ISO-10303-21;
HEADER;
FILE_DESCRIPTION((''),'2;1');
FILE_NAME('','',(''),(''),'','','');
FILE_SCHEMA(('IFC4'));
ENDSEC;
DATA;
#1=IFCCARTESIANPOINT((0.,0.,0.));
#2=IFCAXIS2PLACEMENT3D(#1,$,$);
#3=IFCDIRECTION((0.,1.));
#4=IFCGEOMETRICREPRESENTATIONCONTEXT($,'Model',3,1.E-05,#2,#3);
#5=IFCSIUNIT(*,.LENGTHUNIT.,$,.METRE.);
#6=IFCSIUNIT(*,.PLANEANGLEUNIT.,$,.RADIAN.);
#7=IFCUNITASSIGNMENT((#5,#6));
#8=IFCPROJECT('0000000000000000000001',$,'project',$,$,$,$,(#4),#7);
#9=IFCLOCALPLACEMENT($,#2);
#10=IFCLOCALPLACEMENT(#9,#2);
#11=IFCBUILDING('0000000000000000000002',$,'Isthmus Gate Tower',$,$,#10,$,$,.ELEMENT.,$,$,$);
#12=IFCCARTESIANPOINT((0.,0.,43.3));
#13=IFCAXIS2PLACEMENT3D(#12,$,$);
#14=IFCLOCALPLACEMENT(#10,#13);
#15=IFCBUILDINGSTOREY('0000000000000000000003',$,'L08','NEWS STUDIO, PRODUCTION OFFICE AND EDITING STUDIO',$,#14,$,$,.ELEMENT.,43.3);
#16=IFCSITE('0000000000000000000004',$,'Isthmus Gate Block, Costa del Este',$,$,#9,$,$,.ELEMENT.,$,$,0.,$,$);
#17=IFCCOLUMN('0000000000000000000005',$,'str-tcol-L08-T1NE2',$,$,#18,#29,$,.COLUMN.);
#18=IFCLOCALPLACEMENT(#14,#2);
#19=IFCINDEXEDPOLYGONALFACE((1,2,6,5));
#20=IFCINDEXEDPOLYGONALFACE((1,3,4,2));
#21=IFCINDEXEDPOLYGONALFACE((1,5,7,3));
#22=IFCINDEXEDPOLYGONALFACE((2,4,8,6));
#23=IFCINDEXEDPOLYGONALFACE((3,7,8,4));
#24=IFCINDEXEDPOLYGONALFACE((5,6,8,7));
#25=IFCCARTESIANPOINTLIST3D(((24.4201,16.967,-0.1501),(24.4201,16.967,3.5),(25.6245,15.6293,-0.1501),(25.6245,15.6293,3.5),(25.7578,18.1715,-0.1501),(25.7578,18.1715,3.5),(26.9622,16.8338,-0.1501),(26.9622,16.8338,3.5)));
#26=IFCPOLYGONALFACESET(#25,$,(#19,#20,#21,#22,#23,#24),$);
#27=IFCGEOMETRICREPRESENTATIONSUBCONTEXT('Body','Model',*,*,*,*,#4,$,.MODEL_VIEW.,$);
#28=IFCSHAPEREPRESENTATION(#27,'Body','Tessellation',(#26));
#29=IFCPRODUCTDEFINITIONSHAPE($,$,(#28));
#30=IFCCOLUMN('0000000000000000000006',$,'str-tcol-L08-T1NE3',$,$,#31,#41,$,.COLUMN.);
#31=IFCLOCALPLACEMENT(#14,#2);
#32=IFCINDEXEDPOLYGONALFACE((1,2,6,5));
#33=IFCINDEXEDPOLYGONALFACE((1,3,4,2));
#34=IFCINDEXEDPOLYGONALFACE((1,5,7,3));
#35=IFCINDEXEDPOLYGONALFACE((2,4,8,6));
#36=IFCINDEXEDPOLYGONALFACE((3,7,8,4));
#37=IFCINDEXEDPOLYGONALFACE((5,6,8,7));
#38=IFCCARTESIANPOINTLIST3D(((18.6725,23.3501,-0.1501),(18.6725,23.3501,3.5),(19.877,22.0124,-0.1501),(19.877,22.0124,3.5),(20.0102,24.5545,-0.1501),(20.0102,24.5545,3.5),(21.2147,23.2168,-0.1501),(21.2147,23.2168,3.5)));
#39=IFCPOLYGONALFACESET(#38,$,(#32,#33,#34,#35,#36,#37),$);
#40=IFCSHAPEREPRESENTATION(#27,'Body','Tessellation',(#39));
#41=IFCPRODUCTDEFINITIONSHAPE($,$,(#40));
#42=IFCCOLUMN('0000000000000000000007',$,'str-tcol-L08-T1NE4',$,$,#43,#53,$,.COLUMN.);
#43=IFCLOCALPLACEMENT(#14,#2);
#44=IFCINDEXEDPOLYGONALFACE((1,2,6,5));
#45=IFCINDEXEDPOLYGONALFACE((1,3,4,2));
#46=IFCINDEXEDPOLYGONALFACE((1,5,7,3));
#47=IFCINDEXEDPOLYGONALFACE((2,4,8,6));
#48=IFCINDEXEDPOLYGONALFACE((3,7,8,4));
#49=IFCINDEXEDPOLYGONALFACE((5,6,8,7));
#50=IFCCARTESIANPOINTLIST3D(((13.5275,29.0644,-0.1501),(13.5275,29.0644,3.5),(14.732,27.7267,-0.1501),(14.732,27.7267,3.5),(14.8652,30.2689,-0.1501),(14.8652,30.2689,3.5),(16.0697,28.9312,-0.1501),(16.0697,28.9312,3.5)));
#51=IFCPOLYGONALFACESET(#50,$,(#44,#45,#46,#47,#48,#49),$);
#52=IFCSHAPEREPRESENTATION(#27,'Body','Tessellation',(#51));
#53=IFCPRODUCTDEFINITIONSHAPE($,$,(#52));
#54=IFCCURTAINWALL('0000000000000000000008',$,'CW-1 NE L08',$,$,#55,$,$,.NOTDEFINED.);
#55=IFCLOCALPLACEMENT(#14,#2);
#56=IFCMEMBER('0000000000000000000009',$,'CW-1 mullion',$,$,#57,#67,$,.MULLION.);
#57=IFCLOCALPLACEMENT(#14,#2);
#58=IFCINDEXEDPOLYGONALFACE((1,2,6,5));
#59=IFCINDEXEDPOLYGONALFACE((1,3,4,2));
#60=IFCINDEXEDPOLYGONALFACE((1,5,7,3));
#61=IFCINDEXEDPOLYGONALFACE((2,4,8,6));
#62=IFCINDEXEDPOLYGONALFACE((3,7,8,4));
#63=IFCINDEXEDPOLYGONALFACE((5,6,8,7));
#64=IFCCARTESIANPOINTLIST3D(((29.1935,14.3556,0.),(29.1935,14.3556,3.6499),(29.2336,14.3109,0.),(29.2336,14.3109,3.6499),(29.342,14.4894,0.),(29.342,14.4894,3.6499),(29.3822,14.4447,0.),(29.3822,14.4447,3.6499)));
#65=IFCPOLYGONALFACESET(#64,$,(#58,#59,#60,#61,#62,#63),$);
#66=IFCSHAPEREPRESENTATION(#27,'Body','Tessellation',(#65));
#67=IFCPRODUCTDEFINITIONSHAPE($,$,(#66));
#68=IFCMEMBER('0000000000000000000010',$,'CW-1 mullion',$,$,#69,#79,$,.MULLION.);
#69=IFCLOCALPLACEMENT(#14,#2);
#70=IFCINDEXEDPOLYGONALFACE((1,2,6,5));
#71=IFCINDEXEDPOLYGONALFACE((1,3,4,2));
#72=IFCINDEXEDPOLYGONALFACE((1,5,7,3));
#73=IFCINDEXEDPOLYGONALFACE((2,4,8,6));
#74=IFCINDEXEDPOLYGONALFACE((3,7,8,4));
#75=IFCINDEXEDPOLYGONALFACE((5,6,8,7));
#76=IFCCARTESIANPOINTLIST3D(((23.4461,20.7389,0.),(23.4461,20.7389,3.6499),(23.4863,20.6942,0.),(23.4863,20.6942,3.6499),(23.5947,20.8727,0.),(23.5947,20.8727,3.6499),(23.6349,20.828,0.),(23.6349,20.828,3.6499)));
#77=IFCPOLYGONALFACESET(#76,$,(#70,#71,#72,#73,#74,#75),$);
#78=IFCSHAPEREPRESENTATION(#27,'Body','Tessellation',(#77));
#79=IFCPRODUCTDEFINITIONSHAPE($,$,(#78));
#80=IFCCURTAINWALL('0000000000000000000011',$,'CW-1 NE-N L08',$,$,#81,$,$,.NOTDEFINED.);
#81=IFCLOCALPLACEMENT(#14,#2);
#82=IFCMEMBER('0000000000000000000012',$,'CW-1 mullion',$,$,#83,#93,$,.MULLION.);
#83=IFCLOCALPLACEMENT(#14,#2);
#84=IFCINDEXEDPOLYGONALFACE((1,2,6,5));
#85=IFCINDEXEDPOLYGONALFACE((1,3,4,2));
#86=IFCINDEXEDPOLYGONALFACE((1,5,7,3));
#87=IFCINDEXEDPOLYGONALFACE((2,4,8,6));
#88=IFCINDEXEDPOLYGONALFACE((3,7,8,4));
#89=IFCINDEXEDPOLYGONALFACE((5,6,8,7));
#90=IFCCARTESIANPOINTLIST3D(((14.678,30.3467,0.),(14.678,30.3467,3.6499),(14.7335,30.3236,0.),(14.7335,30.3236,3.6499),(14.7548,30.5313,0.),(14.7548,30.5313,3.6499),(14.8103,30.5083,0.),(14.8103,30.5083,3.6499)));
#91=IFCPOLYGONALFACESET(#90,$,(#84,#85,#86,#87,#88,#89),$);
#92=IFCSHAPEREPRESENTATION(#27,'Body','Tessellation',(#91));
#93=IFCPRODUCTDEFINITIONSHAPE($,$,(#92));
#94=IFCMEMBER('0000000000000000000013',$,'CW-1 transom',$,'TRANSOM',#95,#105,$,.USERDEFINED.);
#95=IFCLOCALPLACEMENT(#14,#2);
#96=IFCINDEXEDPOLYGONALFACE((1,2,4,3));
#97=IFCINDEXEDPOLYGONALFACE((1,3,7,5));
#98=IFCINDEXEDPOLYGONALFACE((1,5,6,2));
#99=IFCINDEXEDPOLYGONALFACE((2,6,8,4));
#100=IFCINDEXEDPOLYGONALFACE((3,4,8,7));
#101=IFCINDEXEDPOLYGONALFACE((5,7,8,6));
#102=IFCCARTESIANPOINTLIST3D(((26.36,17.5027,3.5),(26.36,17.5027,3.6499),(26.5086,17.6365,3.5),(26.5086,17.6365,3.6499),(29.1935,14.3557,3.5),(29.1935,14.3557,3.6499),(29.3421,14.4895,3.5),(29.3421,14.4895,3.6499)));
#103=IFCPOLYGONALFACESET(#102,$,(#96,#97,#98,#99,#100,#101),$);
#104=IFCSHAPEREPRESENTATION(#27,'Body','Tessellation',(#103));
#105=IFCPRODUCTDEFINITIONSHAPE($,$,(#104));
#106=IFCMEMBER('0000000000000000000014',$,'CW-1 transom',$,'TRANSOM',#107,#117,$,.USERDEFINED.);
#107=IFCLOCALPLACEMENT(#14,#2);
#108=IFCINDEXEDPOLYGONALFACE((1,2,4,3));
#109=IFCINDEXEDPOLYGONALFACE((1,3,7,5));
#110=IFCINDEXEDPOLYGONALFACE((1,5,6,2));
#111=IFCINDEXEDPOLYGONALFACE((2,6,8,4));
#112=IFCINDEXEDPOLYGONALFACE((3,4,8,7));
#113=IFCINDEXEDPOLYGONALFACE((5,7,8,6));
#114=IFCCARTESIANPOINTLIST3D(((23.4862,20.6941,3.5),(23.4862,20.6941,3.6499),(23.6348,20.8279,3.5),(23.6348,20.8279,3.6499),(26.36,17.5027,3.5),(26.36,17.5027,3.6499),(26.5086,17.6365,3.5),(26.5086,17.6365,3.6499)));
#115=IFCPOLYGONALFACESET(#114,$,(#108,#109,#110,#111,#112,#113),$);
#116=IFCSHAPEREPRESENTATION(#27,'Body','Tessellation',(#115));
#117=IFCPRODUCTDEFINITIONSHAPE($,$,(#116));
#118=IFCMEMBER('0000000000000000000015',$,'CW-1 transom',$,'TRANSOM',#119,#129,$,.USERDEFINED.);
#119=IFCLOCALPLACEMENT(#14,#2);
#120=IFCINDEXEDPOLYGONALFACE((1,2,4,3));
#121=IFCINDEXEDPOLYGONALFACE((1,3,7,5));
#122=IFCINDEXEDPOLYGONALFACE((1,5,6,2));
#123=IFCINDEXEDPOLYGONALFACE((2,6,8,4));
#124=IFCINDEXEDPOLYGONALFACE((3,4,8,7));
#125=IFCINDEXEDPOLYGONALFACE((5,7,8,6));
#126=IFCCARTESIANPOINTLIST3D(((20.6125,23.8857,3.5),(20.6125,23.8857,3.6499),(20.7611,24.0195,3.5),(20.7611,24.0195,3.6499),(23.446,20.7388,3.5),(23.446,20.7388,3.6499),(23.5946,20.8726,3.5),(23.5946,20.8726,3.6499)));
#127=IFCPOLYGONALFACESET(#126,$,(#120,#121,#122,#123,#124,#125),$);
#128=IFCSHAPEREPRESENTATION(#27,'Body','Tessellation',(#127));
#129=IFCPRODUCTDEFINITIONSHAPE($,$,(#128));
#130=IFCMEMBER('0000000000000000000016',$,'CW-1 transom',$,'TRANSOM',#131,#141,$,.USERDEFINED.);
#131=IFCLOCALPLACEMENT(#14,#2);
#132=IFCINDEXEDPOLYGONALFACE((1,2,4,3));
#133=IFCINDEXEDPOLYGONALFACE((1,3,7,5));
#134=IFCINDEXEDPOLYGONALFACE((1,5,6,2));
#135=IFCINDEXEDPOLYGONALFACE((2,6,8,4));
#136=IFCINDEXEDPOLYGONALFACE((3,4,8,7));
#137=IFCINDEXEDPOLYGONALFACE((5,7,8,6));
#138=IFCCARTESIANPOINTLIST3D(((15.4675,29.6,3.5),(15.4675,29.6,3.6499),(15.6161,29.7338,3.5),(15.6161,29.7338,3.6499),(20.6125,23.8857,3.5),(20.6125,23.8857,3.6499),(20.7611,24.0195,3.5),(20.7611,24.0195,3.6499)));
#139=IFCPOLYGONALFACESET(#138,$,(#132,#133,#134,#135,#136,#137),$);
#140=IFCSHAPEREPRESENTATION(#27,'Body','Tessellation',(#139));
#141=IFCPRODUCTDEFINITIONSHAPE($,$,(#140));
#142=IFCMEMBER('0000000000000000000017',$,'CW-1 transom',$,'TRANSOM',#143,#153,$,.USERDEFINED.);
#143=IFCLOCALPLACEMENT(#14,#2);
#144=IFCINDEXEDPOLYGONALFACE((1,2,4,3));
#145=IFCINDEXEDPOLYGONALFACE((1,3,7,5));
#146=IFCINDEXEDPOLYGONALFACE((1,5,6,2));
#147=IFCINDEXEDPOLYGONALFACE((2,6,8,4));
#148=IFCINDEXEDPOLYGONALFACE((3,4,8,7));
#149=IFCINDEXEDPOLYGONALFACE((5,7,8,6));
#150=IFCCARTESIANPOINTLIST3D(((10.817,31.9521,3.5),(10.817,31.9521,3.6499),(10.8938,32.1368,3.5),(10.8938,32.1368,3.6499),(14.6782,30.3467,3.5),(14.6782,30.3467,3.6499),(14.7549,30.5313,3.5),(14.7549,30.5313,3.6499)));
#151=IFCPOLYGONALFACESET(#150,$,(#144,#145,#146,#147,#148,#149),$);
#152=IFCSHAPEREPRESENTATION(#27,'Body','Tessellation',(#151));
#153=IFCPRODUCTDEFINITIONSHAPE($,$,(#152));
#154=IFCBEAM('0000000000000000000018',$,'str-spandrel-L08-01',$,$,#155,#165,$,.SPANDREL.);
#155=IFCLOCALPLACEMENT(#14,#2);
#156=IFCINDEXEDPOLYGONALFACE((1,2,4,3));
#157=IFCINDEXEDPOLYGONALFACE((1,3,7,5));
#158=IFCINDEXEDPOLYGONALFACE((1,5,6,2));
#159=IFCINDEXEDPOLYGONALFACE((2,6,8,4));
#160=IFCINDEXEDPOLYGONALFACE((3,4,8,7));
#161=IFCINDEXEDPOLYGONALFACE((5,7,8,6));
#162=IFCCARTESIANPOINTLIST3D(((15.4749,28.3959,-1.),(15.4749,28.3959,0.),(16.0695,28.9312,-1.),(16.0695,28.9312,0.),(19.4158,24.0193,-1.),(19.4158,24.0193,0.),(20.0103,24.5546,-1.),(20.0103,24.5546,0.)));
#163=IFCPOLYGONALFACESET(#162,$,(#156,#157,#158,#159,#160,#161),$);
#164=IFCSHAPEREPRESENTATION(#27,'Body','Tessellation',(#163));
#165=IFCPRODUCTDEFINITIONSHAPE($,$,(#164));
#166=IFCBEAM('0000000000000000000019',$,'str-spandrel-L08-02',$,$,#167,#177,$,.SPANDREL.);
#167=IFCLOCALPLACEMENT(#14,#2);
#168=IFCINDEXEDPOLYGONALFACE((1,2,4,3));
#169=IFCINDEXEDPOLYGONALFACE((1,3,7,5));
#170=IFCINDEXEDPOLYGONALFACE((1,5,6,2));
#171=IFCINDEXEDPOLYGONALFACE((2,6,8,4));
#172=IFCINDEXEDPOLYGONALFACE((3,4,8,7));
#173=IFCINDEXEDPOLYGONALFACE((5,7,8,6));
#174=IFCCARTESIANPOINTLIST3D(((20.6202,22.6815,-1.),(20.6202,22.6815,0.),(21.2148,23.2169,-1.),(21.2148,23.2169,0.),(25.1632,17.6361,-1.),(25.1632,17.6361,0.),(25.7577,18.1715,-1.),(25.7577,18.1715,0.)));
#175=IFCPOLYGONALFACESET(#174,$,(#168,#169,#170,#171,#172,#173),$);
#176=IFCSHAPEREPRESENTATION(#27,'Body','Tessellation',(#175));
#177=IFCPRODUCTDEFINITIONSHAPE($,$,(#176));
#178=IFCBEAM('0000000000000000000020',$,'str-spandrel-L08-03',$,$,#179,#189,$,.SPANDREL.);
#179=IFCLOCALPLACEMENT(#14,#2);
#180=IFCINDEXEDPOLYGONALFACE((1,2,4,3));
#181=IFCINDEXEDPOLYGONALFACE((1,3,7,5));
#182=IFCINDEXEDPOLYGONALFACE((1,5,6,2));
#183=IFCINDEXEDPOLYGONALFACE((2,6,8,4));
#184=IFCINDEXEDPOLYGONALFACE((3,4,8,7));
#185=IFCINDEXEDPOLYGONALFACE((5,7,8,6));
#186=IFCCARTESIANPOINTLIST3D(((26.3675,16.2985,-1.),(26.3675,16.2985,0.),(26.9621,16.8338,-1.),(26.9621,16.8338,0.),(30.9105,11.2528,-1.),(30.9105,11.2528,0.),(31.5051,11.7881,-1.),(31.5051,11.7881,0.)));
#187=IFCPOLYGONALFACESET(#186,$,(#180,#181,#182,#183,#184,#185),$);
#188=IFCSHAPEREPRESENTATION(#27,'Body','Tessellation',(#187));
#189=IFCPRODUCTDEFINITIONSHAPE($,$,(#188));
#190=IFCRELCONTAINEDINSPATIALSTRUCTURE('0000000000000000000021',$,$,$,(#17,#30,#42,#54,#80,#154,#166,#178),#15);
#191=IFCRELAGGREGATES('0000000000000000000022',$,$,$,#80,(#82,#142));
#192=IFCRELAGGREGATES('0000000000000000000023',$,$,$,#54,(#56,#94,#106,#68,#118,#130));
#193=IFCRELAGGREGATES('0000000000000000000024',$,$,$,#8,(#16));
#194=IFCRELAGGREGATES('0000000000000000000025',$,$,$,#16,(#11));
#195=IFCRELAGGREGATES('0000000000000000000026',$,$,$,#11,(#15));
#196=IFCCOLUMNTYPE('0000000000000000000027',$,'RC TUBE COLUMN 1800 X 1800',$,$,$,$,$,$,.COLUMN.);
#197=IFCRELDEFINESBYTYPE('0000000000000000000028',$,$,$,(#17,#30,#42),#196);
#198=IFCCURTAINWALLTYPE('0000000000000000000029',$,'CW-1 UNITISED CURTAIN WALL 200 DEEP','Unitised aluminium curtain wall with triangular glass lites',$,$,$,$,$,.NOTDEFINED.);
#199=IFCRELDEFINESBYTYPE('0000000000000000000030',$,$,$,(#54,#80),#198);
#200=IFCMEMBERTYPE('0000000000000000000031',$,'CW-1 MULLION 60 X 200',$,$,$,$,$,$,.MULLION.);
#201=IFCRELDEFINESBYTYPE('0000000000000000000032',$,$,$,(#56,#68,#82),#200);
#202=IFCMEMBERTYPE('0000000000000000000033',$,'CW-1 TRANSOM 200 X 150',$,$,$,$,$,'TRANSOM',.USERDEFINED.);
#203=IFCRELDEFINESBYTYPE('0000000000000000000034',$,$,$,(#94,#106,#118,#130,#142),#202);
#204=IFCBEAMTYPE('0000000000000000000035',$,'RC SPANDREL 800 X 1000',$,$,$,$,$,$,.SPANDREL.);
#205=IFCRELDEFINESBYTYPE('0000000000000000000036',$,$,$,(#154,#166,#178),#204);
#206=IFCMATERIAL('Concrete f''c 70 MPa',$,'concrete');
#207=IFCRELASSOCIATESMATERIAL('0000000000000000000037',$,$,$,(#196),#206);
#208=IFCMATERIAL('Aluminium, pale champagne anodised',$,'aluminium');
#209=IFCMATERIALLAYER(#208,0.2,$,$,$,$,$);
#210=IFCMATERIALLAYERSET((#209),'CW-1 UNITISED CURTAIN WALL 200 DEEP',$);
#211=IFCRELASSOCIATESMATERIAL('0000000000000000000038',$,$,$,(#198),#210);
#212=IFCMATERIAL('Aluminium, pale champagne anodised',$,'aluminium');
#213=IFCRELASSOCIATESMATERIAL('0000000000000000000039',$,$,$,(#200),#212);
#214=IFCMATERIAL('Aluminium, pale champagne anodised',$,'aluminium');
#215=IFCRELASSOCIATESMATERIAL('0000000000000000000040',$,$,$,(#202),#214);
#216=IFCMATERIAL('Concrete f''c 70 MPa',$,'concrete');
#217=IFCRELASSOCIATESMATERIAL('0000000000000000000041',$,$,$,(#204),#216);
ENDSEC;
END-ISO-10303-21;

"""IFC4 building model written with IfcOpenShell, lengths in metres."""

from ifc_helpers import new_model, si_unit, direction, frame, origin, origin_2d, place, context, subcontext, project, spatial, rectangle, extrude, material, layer, layer_set, material_profile, profile_set, type_object, element, aggregate, save


model = new_model("IFC4")

# Units and contexts
model_context = context("Model", 3, precision=1e-05, world=origin(), true_north=direction((0.0, 1.0)))
body_context = subcontext(model_context, "Body", "Model", "MODEL_VIEW")
ifc_project = project(units=[si_unit("LENGTHUNIT", "METRE"), si_unit("PLANEANGLEUNIT", "RADIAN")], contexts=[model_context])

# Site, building, storey
site_placement = place(None, origin())
site = spatial("IfcSite", under=ifc_project, at=site_placement, Name="Isthmus Gate Block, Costa del Este", CompositionType="ELEMENT", RefElevation=0.0)
building_placement = place(site_placement, origin())
building = spatial("IfcBuilding", under=site, at=building_placement, Name="Isthmus Gate Tower", CompositionType="ELEMENT")
storey_placement = place(building_placement, frame((0.0, 0.0, 43.3)))
storey = spatial("IfcBuildingStorey", under=building, at=storey_placement, Name="L08", Description="NEWS STUDIO, PRODUCTION OFFICE AND EDITING STUDIO", CompositionType="ELEMENT", Elevation=43.3)

# Columns
ifc_material_1 = material(Name="Concrete f'c 70 MPa", Category="concrete")
ifc_material_profile_1 = material_profile(ifc_material_1, rectangle(XDim=1.8, YDim=1.8, at=origin_2d()), Name="RC 1800X1800")
ifc_profile_set_1 = profile_set([ifc_material_profile_1], Name="Concrete f'c 70 MPa")
column_type = type_object("IfcColumnType", Name="RC TUBE COLUMN 1800 X 1800", PredefinedType="COLUMN", material=ifc_profile_set_1)
for number, where, z_axis, x_axis, name in (
    (1, (25.6912, 16.9004, -0.1501), (0.0, 0.0, 1.0), (-0.669131, 0.743145, 0.0), "str-tcol-L08-T1NE2"),
    (2, (19.9436, 23.2834, -0.1501), (0.0, 0.0, 1.0), (-0.669131, 0.743145, 0.0), "str-tcol-L08-T1NE3"),
    (3, (14.7986, 28.9978, -0.1501), (0.0, 0.0, 1.0), (-0.669131, 0.743145, 0.0), "str-tcol-L08-T1NE4"),
):
    element("IfcColumn", number, at=place(storey_placement, frame(where, z_axis=z_axis, x_axis=x_axis)), inside=storey, type_object=column_type, Name=name, PredefinedType="COLUMN", context=body_context, shape_type="SweptSolid", body=[
        extrude(rectangle(XDim=1.8, YDim=1.8, at=origin_2d()), origin(), (0.0, 0.0, 1.0), 3.6501),
    ])

# Curtain wall, members
ifc_material_2 = material(Name="Aluminium, pale champagne anodised", Category="aluminium")
ifc_layer_1 = layer(ifc_material_2, 0.2)
ifc_layer_set_1 = layer_set([ifc_layer_1], Name="CW-1 UNITISED CURTAIN WALL 200 DEEP")
curtain_wall_type = type_object("IfcCurtainWallType", Name="CW-1 UNITISED CURTAIN WALL 200 DEEP", Description="Unitised aluminium curtain wall with triangular glass lites", PredefinedType="NOTDEFINED", material=ifc_layer_set_1)
curtain_wall_1_placement = place(storey_placement, origin())
curtain_wall_1 = element("IfcCurtainWall", 4, at=curtain_wall_1_placement, inside=storey, type_object=curtain_wall_type, Name="CW-1 NE L08", PredefinedType="NOTDEFINED")
ifc_material_3 = material(Name="Aluminium, pale champagne anodised", Category="aluminium")
ifc_material_profile_2 = material_profile(ifc_material_3, rectangle(XDim=0.0601, YDim=0.2, at=origin_2d()), Name="60x200")
ifc_profile_set_2 = profile_set([ifc_material_profile_2], Name="Aluminium, pale champagne anodised")
member_type_1 = type_object("IfcMemberType", Name="CW-1 MULLION 60 X 200", PredefinedType="MULLION", material=ifc_profile_set_2)
member_1_placement = place(storey_placement, frame((29.2878, 14.4001, 0.0), z_axis=(0.0, 0.0, 1.0), x_axis=(-0.669131, 0.743145, 0.0)))
member_1 = element("IfcMember", 5, at=member_1_placement, type_object=member_type_1, Name="CW-1 mullion", PredefinedType="MULLION", context=body_context, shape_type="SweptSolid", body=[
    extrude(rectangle(XDim=0.0601, YDim=0.2, at=origin_2d()), origin(), (0.0, 0.0, 1.0), 3.6499),
])
member_2_placement = place(storey_placement, frame((23.5405, 20.7834, 0.0), z_axis=(0.0, 0.0, 1.0), x_axis=(-0.669131, 0.743145, 0.0)))
member_2 = element("IfcMember", 6, at=member_2_placement, type_object=member_type_1, Name="CW-1 mullion", PredefinedType="MULLION", context=body_context, shape_type="SweptSolid", body=[
    extrude(rectangle(XDim=0.0601, YDim=0.2, at=origin_2d()), origin(), (0.0, 0.0, 1.0), 3.6499),
])

# Curtain wall, member
curtain_wall_2_placement = place(storey_placement, origin())
curtain_wall_2 = element("IfcCurtainWall", 7, at=curtain_wall_2_placement, inside=storey, type_object=curtain_wall_type, Name="CW-1 NE-N L08", PredefinedType="NOTDEFINED")
member_3_placement = place(storey_placement, frame((14.7441, 30.4275, 0.0), z_axis=(0.0, 0.0, 1.0), x_axis=(-0.923353, 0.383952, 0.0)))
member_3 = element("IfcMember", 8, at=member_3_placement, type_object=member_type_1, Name="CW-1 mullion", PredefinedType="MULLION", context=body_context, shape_type="SweptSolid", body=[
    extrude(rectangle(XDim=0.0601, YDim=0.2, at=origin_2d()), origin(), (0.0, 0.0, 1.0), 3.6499),
])

# Members
ifc_material_4 = material(Name="Aluminium, pale champagne anodised", Category="aluminium")
ifc_material_profile_3 = material_profile(ifc_material_4, rectangle(XDim=0.2, YDim=0.1499, at=origin_2d()), Name="200x150")
ifc_profile_set_3 = profile_set([ifc_material_profile_3], Name="Aluminium, pale champagne anodised")
member_type_2 = type_object("IfcMemberType", Name="CW-1 TRANSOM 200 X 150", ElementType="TRANSOM", PredefinedType="USERDEFINED", material=ifc_profile_set_3)
member_4_placement = place(storey_placement, frame((29.2678, 14.4226, 3.575), z_axis=(-0.669124, 0.743151, 0.0), x_axis=(-0.743151, -0.669124, 0.0)))
member_4 = element("IfcMember", 9, at=member_4_placement, type_object=member_type_2, Name="CW-1 transom", ObjectType="TRANSOM", PredefinedType="USERDEFINED", context=body_context, shape_type="SweptSolid", body=[
    extrude(rectangle(XDim=0.2, YDim=0.1499, at=origin_2d()), origin(), (0.0, 0.0, 1.0), 4.2346),
])
member_5_placement = place(storey_placement, frame((26.4343, 17.5696, 3.575), z_axis=(-0.669159, 0.743119, 0.0), x_axis=(-0.743119, -0.669159, 0.0)))
member_5 = element("IfcMember", 10, at=member_5_placement, type_object=member_type_2, Name="CW-1 transom", ObjectType="TRANSOM", PredefinedType="USERDEFINED", context=body_context, shape_type="SweptSolid", body=[
    extrude(rectangle(XDim=0.2, YDim=0.1499, at=origin_2d()), origin(), (0.0, 0.0, 1.0), 4.2947),
])
member_6_placement = place(storey_placement, frame((23.5203, 20.8057, 3.575), z_axis=(-0.669124, 0.743151, 0.0), x_axis=(-0.743151, -0.669124, 0.0)))
member_6 = element("IfcMember", 11, at=member_6_placement, type_object=member_type_2, Name="CW-1 transom", ObjectType="TRANSOM", PredefinedType="USERDEFINED", context=body_context, shape_type="SweptSolid", body=[
    extrude(rectangle(XDim=0.2, YDim=0.1499, at=origin_2d()), origin(), (0.0, 0.0, 1.0), 4.2346),
])
member_7_placement = place(storey_placement, frame((20.6868, 23.9526, 3.575), z_axis=(-0.669116, 0.743158, 0.0), x_axis=(-0.743158, -0.669116, 0.0)))
member_7 = element("IfcMember", 12, at=member_7_placement, type_object=member_type_2, Name="CW-1 transom", ObjectType="TRANSOM", PredefinedType="USERDEFINED", context=body_context, shape_type="SweptSolid", body=[
    extrude(rectangle(XDim=0.2, YDim=0.1499, at=origin_2d()), origin(), (0.0, 0.0, 1.0), 7.6892),
])
member_8_placement = place(storey_placement, frame((14.7166, 30.439, 3.575), z_axis=(-0.923358, 0.38394, 0.0), x_axis=(-0.38394, -0.923358, 0.0)))
member_8 = element("IfcMember", 13, at=member_8_placement, type_object=member_type_2, Name="CW-1 transom", ObjectType="TRANSOM", PredefinedType="USERDEFINED", context=body_context, shape_type="SweptSolid", body=[
    extrude(rectangle(XDim=0.2, YDim=0.1499, at=origin_2d()), origin(), (0.0, 0.0, 1.0), 4.1816),
])
aggregate(curtain_wall_2, [member_3, member_8])

# Beams
ifc_material_5 = material(Name="Concrete f'c 70 MPa", Category="concrete")
ifc_material_profile_4 = material_profile(ifc_material_5, rectangle(XDim=0.8, YDim=1.0, at=origin_2d()), Name="RC 800X1000")
ifc_profile_set_4 = profile_set([ifc_material_profile_4], Name="Concrete f'c 70 MPa")
beam_type_1 = type_object("IfcBeamType", Name="RC SPANDREL 800 X 1000", PredefinedType="SPANDREL", material=ifc_profile_set_4)
beam_1_placement = place(storey_placement, frame((15.7722, 28.6636, -0.5), z_axis=(0.669141, -0.743135, 0.0), x_axis=(0.743135, 0.669141, 0.0)))
element("IfcBeam", 14, at=beam_1_placement, inside=storey, type_object=beam_type_1, Name="str-spandrel-L08-01", PredefinedType="SPANDREL", context=body_context, shape_type="SweptSolid", body=[
    extrude(rectangle(XDim=0.8, YDim=1.0, at=origin_2d()), origin(), (0.0, 0.0, 1.0), 5.8894),
])
beam_2_placement = place(storey_placement, frame((20.9175, 22.9492, -0.5), z_axis=(0.669136, -0.74314, 0.0), x_axis=(0.74314, 0.669136, 0.0)))
element("IfcBeam", 15, at=beam_2_placement, inside=storey, type_object=beam_type_1, Name="str-spandrel-L08-02", PredefinedType="SPANDREL", context=body_context, shape_type="SweptSolid", body=[
    extrude(rectangle(XDim=0.8, YDim=1.0, at=origin_2d()), origin(), (0.0, 0.0, 1.0), 6.7893),
])
beam_3_placement = place(storey_placement, frame((26.6648, 16.5662, -0.5), z_axis=(0.669118, -0.743156, 0.0), x_axis=(0.743156, 0.669118, 0.0)))
element("IfcBeam", 16, at=beam_3_placement, inside=storey, type_object=beam_type_1, Name="str-spandrel-L08-03", PredefinedType="SPANDREL", context=body_context, shape_type="SweptSolid", body=[
    extrude(rectangle(XDim=0.8, YDim=1.0, at=origin_2d()), origin(), (0.0, 0.0, 1.0), 6.7896),
])

aggregate(curtain_wall_1, [member_1, member_4, member_5, member_2, member_6, member_7])

save(model, "model.ifc")
